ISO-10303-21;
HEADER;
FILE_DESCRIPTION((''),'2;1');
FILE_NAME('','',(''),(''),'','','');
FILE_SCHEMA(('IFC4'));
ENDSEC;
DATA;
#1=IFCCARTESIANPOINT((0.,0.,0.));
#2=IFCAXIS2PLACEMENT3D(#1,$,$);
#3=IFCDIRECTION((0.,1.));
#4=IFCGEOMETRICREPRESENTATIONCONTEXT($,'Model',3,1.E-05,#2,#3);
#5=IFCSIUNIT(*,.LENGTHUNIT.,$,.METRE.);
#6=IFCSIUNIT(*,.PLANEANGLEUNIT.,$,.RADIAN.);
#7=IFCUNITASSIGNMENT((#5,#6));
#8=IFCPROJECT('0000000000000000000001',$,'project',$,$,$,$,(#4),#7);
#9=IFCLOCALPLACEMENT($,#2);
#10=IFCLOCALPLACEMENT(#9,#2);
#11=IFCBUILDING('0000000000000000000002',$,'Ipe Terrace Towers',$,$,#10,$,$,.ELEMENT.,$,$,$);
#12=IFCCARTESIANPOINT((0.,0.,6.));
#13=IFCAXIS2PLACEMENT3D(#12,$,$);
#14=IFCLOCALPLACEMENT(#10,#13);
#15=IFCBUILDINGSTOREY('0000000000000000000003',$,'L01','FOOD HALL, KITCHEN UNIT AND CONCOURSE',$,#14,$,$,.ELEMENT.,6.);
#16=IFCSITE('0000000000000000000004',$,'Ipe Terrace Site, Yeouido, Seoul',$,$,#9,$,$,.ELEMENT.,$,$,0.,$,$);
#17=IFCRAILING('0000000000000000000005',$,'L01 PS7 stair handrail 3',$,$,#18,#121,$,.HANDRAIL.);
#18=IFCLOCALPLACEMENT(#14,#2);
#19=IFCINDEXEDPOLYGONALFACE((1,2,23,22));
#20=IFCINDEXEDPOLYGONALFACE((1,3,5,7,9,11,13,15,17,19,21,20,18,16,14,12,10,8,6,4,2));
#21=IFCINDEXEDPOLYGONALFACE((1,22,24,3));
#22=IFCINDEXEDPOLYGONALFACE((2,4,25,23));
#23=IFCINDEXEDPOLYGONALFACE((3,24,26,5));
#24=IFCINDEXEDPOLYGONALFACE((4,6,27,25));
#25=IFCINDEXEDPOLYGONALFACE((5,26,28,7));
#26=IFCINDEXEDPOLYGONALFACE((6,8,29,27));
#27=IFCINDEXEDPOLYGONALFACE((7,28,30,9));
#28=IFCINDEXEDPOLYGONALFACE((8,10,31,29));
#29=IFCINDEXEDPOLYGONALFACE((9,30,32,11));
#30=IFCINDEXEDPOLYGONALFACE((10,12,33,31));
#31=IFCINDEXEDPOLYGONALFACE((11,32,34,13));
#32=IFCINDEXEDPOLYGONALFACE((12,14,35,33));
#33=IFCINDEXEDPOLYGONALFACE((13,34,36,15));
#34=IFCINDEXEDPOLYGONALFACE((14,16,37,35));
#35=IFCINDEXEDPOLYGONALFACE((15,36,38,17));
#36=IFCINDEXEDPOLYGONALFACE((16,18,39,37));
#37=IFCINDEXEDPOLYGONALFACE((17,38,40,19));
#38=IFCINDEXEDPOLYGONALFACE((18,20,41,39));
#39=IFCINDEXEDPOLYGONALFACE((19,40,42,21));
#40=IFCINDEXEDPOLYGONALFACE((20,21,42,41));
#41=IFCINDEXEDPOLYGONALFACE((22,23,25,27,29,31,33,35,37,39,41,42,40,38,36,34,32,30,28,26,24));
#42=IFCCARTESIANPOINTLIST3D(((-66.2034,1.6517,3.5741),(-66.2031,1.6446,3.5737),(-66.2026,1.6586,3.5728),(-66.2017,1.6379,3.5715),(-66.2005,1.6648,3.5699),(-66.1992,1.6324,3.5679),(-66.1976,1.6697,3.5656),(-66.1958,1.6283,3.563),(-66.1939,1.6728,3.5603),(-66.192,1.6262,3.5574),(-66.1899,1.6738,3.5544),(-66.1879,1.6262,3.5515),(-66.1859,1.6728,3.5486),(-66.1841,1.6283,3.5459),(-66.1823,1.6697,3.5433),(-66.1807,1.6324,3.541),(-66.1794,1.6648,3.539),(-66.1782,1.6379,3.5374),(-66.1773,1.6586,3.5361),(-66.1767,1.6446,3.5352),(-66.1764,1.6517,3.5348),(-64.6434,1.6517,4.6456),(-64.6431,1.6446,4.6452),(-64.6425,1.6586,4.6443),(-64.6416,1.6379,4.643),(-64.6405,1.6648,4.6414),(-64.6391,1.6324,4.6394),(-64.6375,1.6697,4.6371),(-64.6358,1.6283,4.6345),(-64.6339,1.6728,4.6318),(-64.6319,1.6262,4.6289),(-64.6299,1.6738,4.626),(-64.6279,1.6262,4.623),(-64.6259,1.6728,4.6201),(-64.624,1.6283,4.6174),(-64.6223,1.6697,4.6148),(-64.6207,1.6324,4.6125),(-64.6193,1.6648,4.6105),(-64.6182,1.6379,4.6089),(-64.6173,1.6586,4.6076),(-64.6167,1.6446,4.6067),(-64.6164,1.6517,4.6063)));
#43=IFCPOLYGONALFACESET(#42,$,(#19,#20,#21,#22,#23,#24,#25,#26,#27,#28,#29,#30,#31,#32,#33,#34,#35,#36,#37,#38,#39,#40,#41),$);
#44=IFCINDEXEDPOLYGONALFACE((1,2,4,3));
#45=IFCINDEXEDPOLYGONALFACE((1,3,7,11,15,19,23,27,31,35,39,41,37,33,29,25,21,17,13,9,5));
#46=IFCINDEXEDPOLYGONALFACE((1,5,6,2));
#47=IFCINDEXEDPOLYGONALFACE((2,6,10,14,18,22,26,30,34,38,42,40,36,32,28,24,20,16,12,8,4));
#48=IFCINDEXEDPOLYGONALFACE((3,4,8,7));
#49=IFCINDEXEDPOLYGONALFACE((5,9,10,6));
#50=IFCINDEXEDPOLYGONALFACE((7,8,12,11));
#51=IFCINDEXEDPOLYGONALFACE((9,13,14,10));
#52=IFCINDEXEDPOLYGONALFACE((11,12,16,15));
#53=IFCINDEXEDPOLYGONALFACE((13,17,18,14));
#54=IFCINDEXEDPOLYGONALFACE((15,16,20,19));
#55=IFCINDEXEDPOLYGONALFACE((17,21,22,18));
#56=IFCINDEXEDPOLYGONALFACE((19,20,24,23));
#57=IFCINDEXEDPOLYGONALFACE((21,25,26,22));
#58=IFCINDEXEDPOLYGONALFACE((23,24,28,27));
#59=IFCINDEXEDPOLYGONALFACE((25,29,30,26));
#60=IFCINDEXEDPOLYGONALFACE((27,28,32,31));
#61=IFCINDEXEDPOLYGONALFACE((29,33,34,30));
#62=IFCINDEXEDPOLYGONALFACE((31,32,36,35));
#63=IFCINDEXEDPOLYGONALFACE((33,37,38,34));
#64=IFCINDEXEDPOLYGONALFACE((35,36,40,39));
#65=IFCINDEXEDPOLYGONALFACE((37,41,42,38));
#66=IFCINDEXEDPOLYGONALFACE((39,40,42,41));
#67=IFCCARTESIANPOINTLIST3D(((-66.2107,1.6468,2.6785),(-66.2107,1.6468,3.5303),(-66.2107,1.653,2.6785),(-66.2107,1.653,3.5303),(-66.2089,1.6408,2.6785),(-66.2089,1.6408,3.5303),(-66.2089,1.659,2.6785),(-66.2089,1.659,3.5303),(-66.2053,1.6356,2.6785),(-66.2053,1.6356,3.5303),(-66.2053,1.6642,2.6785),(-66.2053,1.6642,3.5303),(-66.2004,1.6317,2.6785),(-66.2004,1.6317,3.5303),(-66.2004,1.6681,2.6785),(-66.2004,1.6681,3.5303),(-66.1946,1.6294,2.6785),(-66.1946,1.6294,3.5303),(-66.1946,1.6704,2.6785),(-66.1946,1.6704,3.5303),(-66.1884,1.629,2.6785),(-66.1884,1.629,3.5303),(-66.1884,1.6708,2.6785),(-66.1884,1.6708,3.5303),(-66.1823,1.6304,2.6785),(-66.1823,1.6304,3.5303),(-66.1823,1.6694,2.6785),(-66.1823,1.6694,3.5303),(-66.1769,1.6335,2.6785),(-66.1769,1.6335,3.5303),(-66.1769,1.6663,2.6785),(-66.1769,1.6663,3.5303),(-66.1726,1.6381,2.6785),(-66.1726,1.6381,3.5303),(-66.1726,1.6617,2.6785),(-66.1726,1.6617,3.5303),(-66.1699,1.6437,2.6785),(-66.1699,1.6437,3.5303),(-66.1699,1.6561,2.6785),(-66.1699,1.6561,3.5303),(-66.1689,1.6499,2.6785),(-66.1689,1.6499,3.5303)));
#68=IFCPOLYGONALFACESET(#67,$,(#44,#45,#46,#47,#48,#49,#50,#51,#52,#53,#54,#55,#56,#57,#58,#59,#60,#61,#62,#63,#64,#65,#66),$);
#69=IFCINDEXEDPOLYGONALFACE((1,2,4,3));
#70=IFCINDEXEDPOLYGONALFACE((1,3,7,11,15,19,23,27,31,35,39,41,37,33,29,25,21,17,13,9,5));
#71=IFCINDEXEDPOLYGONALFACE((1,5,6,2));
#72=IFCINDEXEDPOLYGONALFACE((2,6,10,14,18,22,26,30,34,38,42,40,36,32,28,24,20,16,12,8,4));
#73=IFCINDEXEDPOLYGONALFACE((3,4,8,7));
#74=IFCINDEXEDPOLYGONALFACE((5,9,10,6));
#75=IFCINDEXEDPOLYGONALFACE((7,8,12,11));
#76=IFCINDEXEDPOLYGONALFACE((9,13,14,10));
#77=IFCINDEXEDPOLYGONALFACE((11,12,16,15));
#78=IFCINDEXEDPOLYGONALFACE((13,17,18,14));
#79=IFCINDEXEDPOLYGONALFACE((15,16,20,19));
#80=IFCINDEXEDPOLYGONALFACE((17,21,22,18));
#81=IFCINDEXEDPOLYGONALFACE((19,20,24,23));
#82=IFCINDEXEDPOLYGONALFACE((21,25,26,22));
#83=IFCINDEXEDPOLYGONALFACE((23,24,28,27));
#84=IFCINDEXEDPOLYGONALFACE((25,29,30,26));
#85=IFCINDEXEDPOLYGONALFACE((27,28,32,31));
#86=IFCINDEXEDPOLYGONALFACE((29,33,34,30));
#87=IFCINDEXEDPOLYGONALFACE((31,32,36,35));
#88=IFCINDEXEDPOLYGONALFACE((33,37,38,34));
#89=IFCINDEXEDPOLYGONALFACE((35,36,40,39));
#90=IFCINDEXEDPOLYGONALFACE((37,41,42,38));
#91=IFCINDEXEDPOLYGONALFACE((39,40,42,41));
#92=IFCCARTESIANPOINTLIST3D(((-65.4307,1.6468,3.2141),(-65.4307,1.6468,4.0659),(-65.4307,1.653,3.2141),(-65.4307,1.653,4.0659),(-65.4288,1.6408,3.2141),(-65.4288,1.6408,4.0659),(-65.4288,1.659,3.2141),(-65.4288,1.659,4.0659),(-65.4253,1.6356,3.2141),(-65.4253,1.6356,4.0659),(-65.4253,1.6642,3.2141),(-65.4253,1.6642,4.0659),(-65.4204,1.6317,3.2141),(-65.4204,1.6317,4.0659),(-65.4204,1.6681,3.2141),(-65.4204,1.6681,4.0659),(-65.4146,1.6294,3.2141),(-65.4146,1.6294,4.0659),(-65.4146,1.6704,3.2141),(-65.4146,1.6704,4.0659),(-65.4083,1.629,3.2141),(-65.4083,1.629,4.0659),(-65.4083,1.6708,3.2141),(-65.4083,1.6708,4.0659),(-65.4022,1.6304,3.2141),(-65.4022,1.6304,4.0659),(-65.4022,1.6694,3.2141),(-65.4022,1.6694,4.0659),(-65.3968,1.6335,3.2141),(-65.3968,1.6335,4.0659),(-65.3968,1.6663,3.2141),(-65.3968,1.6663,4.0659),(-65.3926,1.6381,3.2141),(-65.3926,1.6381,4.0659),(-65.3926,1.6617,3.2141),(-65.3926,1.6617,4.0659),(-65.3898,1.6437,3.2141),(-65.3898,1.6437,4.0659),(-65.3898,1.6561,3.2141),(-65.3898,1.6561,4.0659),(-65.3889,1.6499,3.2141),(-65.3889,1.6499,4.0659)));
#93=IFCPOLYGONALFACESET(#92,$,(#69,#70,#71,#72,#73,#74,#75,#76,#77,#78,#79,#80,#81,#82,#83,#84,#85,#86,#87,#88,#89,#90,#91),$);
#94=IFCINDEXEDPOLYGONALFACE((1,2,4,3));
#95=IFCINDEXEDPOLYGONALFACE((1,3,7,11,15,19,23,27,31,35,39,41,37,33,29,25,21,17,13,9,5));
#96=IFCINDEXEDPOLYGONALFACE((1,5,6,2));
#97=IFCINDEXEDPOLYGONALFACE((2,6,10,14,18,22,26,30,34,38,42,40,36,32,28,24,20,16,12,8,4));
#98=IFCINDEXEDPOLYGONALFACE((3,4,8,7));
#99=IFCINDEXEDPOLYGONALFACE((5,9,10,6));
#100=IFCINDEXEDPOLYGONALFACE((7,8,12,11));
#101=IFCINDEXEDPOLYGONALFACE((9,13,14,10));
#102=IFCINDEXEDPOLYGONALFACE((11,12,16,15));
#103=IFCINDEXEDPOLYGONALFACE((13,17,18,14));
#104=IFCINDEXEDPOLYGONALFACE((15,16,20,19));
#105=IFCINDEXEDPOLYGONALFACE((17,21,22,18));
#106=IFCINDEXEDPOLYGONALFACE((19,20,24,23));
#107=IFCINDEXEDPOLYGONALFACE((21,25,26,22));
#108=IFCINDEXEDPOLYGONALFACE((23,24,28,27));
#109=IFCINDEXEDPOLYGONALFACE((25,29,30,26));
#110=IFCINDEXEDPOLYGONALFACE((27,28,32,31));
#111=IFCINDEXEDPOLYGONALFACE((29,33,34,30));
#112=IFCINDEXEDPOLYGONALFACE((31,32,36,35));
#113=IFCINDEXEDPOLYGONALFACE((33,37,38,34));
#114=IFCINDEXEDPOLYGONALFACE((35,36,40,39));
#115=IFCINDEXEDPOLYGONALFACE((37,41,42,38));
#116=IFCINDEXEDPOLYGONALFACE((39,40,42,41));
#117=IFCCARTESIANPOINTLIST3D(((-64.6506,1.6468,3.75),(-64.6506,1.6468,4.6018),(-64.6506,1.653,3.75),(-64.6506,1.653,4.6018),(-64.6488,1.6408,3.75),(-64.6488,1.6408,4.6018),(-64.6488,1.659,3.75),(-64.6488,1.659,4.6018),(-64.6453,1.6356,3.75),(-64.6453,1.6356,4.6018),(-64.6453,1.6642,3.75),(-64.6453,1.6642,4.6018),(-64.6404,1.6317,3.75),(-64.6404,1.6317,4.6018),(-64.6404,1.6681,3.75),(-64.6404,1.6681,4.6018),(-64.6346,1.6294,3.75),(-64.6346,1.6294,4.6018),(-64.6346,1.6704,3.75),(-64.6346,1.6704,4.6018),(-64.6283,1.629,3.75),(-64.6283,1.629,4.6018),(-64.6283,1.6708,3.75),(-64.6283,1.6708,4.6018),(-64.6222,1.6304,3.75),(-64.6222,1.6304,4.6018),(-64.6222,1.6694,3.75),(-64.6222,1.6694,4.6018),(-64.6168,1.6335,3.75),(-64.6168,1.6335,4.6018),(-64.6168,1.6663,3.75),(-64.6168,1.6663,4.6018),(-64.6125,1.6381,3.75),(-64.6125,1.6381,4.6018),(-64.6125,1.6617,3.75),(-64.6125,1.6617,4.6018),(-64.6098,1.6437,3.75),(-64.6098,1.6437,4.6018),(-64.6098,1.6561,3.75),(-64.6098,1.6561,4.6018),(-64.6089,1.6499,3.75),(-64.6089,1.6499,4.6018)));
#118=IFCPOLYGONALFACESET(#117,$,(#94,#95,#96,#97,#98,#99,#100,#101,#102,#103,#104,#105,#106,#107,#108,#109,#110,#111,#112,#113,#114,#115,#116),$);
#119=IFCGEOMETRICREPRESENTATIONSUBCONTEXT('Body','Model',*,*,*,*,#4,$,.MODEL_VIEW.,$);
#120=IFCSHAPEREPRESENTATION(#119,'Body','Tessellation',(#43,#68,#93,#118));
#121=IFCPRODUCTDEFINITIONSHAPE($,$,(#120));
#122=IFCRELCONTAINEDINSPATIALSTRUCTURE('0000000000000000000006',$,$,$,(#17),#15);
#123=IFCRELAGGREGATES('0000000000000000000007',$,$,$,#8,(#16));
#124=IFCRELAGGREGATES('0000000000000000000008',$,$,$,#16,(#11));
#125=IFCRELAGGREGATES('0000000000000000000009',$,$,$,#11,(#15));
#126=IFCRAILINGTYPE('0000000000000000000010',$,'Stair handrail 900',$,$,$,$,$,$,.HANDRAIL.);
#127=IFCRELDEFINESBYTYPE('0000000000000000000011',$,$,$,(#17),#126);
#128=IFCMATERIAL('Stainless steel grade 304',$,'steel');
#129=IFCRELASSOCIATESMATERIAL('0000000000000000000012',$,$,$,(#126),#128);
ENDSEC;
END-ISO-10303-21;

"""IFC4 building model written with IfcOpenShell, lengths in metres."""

from ifc_helpers import new_model, si_unit, direction, frame, origin, origin_2d, place, context, subcontext, project, spatial, circle, extrude, material, type_object, element, save


model = new_model("IFC4")

# Units and contexts
model_context = context("Model", 3, precision=1e-05, world=origin(), true_north=direction((0.0, 1.0)))
body_context = subcontext(model_context, "Body", "Model", "MODEL_VIEW")
ifc_project = project(units=[si_unit("LENGTHUNIT", "METRE"), si_unit("PLANEANGLEUNIT", "RADIAN")], contexts=[model_context])

# Site, building, storey
site_placement = place(None, origin())
site = spatial("IfcSite", under=ifc_project, at=site_placement, Name="Ipe Terrace Site, Yeouido, Seoul", CompositionType="ELEMENT", RefElevation=0.0)
building_placement = place(site_placement, origin())
building = spatial("IfcBuilding", under=site, at=building_placement, Name="Ipe Terrace Towers", CompositionType="ELEMENT")
storey_placement = place(building_placement, frame((0.0, 0.0, 6.0)))
storey = spatial("IfcBuildingStorey", under=building, at=storey_placement, Name="L01", Description="FOOD HALL, KITCHEN UNIT AND CONCOURSE", CompositionType="ELEMENT", Elevation=6.0)

# Railing
ifc_material_1 = material(Name="Stainless steel grade 304", Category="steel")
railing_type_1 = type_object("IfcRailingType", Name="Stair handrail 900", PredefinedType="HANDRAIL", material=ifc_material_1)
railing_1_placement = place(storey_placement, frame((-66.1899, 1.6499, 2.6785)))
element("IfcRailing", 1, at=railing_1_placement, inside=storey, type_object=railing_type_1, Name="L01 PS7 stair handrail 3", PredefinedType="HANDRAIL", context=body_context, shape_type="SweptSolid", body=[
    extrude(circle(Radius=0.0239, at=origin_2d()), frame((0.0, 0.0, 0.876), z_axis=(0.82429, 0.0, 0.566167), x_axis=(0.0, 1.0, 0.0)), (0.0, 0.0, 1.0), 1.8926),
    extrude(circle(Radius=0.021, at=origin_2d()), origin(), (0.0, 0.0, 1.0), 0.8518),
    extrude(circle(Radius=0.021, at=origin_2d()), frame((0.78, 0.0, 0.5356)), (0.0, 0.0, 1.0), 0.8518),
    extrude(circle(Radius=0.021, at=origin_2d()), frame((1.5601, 0.0, 1.0715)), (0.0, 0.0, 1.0), 0.8518),
])

save(model, "model.ifc")
